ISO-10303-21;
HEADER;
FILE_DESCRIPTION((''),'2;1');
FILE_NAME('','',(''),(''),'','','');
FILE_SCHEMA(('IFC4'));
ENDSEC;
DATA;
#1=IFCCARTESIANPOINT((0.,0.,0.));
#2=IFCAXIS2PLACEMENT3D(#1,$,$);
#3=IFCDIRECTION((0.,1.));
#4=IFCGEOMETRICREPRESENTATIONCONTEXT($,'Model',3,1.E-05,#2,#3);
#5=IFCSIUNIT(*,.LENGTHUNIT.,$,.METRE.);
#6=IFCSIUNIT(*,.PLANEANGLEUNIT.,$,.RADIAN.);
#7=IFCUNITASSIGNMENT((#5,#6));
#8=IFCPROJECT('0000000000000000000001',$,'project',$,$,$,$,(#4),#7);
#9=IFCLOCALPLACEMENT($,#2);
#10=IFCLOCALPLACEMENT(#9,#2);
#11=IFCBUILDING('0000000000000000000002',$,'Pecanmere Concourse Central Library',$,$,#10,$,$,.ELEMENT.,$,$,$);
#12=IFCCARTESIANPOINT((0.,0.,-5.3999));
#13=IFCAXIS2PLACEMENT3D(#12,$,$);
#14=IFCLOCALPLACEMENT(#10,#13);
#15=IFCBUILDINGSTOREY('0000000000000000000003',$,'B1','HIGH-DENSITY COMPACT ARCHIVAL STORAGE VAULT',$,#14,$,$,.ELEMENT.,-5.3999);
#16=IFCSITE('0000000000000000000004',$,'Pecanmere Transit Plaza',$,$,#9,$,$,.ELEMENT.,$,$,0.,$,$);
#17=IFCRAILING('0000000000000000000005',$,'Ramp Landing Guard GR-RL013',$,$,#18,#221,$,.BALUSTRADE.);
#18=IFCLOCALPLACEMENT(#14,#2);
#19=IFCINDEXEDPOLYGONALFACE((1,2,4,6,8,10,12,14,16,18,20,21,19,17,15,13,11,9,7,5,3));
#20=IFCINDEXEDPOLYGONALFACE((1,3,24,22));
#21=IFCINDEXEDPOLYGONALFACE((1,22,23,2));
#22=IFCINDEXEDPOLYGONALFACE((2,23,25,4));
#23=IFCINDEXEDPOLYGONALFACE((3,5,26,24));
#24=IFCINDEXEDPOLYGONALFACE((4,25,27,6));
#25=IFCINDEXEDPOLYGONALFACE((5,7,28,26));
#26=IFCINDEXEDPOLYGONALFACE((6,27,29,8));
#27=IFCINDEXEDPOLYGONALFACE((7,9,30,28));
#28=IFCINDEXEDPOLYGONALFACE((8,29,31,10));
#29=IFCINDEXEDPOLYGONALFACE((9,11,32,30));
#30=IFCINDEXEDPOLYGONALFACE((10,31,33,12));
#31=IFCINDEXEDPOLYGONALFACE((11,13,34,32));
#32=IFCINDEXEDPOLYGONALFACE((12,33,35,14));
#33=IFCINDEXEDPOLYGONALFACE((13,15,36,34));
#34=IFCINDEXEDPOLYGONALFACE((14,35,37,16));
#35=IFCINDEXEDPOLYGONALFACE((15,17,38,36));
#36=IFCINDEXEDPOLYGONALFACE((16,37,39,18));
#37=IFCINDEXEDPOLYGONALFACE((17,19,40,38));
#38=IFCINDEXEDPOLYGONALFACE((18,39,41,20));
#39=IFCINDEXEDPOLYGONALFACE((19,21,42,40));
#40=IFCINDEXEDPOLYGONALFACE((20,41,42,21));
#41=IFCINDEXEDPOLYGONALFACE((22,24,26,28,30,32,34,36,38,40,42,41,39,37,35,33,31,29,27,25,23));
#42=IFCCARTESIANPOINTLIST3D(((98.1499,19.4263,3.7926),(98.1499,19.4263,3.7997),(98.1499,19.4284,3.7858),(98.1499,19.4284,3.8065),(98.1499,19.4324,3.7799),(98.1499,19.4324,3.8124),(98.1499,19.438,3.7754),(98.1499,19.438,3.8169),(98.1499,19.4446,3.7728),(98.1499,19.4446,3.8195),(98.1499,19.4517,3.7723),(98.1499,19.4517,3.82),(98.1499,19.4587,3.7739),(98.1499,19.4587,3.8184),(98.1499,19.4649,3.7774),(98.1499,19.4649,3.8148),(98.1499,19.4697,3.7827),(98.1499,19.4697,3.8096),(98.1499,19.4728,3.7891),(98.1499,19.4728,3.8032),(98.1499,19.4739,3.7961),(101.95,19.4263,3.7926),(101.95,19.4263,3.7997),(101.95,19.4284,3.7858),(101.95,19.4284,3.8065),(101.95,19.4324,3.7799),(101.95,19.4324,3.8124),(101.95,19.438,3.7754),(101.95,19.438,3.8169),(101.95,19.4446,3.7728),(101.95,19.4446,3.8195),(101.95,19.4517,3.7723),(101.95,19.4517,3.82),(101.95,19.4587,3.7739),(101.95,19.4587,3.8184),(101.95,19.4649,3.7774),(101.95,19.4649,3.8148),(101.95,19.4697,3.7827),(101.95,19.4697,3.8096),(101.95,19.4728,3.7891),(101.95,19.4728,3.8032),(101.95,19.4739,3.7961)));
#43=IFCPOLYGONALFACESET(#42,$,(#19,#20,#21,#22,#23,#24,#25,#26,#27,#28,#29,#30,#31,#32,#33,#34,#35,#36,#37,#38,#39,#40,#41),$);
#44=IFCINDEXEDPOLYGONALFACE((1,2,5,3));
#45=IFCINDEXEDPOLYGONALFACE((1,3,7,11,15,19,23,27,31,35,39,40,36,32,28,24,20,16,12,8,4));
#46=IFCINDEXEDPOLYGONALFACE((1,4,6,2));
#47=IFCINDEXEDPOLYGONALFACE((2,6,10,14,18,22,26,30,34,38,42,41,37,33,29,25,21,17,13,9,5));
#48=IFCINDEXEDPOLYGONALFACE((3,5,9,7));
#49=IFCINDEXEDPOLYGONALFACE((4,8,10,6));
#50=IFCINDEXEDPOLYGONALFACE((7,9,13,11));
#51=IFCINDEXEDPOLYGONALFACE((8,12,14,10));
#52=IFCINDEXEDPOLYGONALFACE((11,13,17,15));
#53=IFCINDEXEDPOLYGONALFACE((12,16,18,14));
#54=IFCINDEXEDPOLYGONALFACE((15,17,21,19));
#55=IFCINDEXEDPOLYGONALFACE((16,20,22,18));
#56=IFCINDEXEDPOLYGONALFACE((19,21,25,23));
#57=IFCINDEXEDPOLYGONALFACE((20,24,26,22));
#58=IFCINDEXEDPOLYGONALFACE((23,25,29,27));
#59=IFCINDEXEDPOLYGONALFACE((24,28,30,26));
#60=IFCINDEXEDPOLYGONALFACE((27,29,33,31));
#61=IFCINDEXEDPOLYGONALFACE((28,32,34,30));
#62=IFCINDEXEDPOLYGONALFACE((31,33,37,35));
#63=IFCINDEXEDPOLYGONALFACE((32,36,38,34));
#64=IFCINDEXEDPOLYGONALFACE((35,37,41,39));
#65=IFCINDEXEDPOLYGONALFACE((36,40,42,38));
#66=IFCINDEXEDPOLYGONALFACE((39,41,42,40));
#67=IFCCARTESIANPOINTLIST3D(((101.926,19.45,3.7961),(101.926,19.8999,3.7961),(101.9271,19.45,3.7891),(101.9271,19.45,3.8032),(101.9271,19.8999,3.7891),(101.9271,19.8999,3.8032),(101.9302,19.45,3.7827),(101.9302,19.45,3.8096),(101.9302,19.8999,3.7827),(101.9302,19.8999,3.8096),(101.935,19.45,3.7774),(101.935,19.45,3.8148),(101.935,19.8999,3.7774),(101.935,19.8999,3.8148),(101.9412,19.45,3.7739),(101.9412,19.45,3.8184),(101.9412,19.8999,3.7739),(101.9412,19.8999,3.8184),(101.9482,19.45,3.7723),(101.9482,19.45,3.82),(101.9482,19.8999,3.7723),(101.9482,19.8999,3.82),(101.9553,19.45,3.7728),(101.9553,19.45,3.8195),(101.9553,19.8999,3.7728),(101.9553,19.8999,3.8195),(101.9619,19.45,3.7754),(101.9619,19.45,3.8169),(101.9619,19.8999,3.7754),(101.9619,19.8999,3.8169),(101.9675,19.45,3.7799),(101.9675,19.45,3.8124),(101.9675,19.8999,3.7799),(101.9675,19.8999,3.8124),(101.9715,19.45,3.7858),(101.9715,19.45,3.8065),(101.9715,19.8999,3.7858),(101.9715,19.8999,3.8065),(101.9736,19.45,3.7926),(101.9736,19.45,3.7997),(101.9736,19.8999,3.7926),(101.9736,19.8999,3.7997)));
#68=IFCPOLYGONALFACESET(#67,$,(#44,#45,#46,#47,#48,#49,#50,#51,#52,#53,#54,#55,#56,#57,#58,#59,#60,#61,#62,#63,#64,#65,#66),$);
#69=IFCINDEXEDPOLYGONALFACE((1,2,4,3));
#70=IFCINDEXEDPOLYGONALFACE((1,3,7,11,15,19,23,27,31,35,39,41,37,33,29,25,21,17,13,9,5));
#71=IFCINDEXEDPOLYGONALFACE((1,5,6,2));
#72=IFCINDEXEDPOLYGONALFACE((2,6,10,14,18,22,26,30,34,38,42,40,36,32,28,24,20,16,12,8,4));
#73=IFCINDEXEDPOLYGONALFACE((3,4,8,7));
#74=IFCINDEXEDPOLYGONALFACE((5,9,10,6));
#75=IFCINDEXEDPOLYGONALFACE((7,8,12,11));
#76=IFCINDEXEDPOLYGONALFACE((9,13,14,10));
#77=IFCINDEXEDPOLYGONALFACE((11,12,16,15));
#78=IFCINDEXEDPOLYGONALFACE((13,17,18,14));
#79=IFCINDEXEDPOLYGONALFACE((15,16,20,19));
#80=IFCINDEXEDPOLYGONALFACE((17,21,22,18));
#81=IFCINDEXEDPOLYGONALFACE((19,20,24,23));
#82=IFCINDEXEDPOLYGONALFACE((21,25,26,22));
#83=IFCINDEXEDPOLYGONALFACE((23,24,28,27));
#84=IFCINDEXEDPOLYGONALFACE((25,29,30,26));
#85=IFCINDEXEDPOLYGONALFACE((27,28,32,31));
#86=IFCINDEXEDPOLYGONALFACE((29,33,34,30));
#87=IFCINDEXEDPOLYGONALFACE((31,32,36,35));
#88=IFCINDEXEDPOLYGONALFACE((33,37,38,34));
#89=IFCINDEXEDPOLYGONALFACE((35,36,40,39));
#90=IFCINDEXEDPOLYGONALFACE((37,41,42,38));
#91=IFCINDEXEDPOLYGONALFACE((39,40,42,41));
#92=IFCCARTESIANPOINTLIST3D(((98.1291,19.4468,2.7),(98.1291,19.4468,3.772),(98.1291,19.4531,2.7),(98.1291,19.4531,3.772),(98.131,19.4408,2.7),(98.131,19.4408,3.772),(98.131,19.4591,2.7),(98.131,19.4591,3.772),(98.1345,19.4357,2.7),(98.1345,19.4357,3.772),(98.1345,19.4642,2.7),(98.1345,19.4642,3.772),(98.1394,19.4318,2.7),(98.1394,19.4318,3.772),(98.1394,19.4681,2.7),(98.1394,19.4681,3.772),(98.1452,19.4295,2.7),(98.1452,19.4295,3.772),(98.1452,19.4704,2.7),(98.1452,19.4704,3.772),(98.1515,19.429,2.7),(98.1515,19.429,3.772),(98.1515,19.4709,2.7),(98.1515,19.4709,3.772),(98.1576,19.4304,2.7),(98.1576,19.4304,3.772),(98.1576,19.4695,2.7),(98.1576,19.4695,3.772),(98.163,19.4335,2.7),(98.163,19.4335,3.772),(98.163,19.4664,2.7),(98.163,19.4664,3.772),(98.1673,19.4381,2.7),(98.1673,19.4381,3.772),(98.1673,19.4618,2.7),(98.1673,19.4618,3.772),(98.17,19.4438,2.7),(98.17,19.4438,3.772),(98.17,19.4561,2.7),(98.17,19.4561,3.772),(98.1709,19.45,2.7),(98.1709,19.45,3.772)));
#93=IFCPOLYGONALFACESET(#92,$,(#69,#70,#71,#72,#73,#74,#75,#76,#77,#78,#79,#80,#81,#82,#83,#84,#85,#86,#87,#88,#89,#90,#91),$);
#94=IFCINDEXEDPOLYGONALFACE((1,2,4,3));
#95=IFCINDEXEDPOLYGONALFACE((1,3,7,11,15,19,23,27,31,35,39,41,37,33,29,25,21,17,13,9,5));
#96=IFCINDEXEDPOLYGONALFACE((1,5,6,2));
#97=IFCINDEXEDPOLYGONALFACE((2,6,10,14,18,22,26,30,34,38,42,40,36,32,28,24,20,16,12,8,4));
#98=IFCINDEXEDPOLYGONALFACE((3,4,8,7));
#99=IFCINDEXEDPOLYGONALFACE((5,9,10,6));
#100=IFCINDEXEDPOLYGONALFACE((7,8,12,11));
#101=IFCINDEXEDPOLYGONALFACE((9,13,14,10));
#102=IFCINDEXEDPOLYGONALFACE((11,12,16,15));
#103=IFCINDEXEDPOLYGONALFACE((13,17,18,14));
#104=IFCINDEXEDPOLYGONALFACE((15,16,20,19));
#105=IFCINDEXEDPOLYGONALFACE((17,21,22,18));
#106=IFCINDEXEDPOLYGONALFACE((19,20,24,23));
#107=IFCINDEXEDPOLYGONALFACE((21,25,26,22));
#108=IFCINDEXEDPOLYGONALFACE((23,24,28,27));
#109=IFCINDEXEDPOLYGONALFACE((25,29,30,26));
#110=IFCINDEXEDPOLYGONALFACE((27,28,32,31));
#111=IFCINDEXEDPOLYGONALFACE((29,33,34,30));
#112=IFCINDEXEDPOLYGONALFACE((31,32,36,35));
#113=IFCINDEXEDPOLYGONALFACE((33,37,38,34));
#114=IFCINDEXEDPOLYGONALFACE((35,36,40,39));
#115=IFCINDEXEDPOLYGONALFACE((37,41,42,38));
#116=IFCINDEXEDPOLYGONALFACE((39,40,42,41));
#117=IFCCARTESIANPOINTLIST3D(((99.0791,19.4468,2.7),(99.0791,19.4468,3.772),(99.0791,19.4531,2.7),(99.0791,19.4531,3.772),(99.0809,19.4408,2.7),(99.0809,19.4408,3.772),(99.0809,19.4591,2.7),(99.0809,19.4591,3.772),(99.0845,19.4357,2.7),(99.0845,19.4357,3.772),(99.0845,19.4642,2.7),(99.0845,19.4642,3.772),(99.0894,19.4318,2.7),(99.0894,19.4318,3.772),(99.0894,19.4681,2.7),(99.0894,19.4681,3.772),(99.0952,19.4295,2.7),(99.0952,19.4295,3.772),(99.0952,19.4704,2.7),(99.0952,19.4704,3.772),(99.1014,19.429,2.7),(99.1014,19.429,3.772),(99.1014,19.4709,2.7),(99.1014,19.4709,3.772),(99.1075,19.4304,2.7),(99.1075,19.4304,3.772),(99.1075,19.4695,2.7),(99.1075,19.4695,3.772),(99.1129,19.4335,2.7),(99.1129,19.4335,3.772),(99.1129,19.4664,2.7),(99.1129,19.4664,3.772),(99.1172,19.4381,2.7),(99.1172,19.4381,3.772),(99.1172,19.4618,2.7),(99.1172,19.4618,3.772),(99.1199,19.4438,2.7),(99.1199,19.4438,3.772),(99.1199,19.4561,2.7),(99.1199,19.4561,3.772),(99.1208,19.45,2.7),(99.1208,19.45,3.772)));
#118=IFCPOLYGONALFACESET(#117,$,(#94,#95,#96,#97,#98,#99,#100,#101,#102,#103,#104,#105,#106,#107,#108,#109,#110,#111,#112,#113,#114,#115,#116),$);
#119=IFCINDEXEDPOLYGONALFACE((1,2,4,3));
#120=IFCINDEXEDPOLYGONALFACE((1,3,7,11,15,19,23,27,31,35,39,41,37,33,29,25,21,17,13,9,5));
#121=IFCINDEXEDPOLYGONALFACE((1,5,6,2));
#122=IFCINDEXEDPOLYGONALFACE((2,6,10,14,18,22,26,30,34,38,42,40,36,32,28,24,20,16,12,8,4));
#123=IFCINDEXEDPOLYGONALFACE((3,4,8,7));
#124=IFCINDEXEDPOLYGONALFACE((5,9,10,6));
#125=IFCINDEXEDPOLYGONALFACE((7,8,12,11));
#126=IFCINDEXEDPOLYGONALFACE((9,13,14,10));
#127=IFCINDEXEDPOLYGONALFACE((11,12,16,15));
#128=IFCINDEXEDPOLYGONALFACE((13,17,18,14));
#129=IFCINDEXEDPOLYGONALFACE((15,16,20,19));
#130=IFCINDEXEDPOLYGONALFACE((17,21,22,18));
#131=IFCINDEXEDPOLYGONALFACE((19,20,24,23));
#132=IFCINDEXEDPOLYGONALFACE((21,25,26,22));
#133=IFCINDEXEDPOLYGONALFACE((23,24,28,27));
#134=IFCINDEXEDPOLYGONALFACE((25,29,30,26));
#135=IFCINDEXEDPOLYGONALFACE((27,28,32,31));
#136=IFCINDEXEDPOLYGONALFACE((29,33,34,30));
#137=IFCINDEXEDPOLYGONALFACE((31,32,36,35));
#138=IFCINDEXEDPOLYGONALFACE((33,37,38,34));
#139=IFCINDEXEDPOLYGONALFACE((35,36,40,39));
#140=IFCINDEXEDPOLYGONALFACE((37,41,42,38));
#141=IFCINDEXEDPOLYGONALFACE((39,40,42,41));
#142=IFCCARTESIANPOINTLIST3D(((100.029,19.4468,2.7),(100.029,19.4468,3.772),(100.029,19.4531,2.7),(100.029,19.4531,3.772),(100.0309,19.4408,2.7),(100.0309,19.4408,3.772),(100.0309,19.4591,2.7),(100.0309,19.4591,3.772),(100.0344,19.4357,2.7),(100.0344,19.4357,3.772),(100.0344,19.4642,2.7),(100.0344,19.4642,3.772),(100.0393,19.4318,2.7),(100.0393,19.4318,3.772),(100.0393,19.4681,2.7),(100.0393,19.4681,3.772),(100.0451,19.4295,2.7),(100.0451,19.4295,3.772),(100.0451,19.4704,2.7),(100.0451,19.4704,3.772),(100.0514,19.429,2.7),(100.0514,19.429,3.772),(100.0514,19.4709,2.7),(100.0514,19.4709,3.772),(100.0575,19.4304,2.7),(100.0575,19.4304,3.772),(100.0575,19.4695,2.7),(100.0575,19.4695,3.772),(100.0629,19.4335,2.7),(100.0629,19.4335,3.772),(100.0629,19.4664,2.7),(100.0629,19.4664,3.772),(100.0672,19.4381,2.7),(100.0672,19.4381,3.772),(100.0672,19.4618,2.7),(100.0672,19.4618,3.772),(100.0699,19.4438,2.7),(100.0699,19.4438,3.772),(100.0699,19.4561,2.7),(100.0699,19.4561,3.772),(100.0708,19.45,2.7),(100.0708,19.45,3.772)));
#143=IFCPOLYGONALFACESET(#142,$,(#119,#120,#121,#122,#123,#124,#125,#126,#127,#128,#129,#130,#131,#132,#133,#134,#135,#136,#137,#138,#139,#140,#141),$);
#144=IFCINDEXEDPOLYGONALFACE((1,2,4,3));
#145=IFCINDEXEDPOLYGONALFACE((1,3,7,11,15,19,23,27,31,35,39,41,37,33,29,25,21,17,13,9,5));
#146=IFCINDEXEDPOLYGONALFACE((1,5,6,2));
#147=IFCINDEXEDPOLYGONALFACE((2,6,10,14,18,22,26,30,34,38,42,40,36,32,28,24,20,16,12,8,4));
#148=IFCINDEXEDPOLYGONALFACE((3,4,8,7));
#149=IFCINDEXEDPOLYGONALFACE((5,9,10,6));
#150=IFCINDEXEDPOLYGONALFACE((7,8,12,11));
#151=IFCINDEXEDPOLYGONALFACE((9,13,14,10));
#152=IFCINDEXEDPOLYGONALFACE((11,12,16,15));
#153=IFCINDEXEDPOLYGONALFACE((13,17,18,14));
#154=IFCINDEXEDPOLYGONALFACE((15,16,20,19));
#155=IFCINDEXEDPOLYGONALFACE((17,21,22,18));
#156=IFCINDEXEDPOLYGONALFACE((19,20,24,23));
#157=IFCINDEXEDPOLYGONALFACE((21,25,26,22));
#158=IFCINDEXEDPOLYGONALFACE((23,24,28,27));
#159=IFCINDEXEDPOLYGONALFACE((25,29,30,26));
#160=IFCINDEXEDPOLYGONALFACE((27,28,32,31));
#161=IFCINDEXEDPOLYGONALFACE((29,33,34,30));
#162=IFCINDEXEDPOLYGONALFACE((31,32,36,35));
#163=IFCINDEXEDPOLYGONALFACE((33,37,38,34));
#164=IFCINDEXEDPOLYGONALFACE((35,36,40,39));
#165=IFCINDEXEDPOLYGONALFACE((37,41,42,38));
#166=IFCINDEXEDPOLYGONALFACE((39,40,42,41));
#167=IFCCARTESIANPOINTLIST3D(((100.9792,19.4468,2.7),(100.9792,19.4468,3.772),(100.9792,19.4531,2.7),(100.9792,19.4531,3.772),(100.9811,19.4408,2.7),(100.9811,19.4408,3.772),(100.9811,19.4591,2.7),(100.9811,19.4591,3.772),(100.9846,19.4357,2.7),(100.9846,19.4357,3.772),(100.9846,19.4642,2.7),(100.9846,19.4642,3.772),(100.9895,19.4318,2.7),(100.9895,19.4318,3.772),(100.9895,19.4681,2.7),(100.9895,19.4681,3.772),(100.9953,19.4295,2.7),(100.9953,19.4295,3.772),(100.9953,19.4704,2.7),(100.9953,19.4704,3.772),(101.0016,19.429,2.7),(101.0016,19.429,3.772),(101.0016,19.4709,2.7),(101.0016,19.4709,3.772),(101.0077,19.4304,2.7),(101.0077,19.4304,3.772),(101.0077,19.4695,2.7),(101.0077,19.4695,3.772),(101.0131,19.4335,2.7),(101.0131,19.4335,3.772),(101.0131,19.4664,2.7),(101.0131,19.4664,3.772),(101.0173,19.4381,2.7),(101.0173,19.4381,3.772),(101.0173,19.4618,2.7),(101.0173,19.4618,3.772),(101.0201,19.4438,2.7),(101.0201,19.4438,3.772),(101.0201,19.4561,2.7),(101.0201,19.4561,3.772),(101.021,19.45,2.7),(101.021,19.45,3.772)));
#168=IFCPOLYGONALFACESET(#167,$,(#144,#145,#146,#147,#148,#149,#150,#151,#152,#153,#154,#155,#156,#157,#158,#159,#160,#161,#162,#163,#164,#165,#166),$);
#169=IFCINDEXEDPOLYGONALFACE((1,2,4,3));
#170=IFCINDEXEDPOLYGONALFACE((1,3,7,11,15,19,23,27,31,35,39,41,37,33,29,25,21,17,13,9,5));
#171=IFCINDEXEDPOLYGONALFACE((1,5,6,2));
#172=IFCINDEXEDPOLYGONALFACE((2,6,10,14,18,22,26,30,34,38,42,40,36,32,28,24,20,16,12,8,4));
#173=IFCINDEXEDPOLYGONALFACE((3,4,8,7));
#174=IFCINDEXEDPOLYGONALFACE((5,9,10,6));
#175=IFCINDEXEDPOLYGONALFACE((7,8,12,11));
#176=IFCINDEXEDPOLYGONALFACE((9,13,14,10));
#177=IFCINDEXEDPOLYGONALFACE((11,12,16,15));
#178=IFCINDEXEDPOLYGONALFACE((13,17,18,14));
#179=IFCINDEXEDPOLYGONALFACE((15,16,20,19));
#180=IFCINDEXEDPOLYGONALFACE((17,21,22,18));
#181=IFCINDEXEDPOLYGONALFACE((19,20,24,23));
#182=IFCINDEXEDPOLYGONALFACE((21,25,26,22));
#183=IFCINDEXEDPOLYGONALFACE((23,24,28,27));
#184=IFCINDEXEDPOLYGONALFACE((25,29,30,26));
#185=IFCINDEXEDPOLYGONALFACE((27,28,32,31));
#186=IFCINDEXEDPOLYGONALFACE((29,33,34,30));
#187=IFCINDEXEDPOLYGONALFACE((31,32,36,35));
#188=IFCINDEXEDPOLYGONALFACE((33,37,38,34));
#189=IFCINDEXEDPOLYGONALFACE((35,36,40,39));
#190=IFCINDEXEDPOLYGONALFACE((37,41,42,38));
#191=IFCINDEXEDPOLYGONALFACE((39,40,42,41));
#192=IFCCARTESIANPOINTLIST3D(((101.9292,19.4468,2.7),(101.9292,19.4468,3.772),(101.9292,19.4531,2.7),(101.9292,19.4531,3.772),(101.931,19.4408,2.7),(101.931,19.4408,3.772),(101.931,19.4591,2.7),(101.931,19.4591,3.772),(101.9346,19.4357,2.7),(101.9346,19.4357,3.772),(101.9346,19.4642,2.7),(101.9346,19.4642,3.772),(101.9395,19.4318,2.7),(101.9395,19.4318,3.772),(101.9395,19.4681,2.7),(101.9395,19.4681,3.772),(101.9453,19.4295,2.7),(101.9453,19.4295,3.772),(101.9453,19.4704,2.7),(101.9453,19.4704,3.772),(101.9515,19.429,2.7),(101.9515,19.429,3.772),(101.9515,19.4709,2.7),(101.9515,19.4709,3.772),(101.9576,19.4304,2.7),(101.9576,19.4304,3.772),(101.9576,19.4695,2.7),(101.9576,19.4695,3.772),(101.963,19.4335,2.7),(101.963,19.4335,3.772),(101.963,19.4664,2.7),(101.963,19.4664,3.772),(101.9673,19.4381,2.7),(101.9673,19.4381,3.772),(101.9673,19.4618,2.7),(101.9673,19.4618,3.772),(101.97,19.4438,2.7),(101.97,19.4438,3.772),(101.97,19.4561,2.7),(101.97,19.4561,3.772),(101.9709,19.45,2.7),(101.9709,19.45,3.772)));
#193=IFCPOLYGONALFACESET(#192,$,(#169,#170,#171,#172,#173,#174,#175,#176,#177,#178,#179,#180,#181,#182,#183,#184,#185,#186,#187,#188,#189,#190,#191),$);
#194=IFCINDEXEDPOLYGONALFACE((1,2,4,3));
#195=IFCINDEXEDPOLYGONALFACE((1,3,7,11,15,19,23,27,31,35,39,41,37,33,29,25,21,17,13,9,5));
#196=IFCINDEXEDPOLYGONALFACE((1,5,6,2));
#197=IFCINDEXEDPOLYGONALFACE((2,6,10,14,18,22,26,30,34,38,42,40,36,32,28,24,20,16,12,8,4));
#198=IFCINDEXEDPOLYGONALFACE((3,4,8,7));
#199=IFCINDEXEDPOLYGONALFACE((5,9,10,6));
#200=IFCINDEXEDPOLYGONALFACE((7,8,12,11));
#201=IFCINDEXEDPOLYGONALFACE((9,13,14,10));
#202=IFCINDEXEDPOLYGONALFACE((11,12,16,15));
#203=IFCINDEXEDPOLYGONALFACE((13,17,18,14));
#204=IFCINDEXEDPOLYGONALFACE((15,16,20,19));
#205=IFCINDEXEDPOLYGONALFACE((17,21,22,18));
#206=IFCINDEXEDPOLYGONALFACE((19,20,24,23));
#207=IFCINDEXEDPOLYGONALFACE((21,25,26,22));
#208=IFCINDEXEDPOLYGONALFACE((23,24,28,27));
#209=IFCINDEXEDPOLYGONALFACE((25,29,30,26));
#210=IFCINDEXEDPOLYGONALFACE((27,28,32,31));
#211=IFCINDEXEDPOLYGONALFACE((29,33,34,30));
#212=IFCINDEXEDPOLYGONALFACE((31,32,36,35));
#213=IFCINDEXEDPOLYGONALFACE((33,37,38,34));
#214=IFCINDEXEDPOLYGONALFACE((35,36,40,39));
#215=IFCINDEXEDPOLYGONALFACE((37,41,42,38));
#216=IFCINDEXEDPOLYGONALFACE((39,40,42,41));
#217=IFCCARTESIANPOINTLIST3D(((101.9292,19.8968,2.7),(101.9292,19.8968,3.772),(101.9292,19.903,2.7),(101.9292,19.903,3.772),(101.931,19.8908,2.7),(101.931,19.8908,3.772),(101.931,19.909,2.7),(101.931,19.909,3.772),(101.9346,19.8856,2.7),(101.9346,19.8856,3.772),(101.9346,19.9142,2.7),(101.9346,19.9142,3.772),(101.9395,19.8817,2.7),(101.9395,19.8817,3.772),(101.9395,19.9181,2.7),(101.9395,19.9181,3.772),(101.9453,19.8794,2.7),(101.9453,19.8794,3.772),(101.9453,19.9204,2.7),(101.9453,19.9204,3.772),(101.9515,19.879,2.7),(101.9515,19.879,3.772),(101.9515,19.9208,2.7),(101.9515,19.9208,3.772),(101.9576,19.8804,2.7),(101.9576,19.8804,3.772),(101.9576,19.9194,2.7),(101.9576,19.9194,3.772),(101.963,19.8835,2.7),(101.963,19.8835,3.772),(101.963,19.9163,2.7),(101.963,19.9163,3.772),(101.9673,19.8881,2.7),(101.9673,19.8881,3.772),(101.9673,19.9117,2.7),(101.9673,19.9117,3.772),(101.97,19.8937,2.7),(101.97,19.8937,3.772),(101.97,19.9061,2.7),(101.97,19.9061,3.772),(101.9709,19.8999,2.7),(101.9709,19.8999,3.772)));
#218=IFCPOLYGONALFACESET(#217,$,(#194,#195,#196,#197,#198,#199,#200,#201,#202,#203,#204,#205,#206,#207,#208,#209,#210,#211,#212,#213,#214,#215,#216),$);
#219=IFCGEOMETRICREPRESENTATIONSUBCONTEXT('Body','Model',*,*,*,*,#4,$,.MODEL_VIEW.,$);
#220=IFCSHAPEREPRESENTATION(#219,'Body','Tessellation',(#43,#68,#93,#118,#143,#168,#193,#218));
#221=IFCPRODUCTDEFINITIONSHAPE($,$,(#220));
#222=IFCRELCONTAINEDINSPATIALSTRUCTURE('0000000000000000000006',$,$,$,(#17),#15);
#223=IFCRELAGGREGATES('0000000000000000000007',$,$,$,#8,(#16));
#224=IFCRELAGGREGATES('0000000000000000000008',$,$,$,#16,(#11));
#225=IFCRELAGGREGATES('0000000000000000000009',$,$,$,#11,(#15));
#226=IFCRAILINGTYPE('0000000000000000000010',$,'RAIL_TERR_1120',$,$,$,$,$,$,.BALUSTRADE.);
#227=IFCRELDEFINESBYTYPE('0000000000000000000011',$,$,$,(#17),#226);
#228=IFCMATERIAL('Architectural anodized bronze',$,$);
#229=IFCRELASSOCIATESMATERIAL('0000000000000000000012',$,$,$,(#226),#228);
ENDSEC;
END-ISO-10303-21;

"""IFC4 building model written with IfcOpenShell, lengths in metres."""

from ifc_helpers import new_model, si_unit, direction, frame, origin, origin_2d, place, context, subcontext, project, spatial, circle, extrude, material, type_object, element, save


model = new_model("IFC4")

# Units and contexts
model_context = context("Model", 3, precision=1e-05, world=origin(), true_north=direction((0.0, 1.0)))
body_context = subcontext(model_context, "Body", "Model", "MODEL_VIEW")
ifc_project = project(units=[si_unit("LENGTHUNIT", "METRE"), si_unit("PLANEANGLEUNIT", "RADIAN")], contexts=[model_context])

# Site, building, storey
site_placement = place(None, origin())
site = spatial("IfcSite", under=ifc_project, at=site_placement, Name="Pecanmere Transit Plaza", CompositionType="ELEMENT", RefElevation=0.0)
building_placement = place(site_placement, origin())
building = spatial("IfcBuilding", under=site, at=building_placement, Name="Pecanmere Concourse Central Library", CompositionType="ELEMENT")
storey_placement = place(building_placement, frame((0.0, 0.0, -5.3999)))
storey = spatial("IfcBuildingStorey", under=building, at=storey_placement, Name="B1", Description="HIGH-DENSITY COMPACT ARCHIVAL STORAGE VAULT", CompositionType="ELEMENT", Elevation=-5.3999)

# Railing
ifc_material_1 = material(Name="Architectural anodized bronze")
railing_type_1 = type_object("IfcRailingType", Name="RAIL_TERR_1120", PredefinedType="BALUSTRADE", material=ifc_material_1)
railing_1_placement = place(storey_placement, frame((98.1499, 19.45, 2.7)))
element("IfcRailing", 1, at=railing_1_placement, inside=storey, type_object=railing_type_1, Name="Ramp Landing Guard GR-RL013", PredefinedType="BALUSTRADE", context=body_context, shape_type="SweptSolid", body=[
    extrude(circle(Radius=0.0239, at=origin_2d()), frame((0.0, 0.0, 1.0962), z_axis=(1.0, 0.0, 0.0), x_axis=(0.0, 1.0, 0.0)), (0.0, 0.0, 1.0), 3.8),
    extrude(circle(Radius=0.0239, at=origin_2d()), frame((3.8, 0.0, 1.0962), z_axis=(0.0, 1.0, 0.0), x_axis=(-1.0, 0.0, 0.0)), (0.0, 0.0, 1.0), 0.45),
    extrude(circle(Radius=0.021, at=origin_2d()), origin(), (0.0, 0.0, 1.0), 1.072),
    extrude(circle(Radius=0.021, at=origin_2d()), frame((0.95, 0.0, 0.0)), (0.0, 0.0, 1.0), 1.072),
    extrude(circle(Radius=0.021, at=origin_2d()), frame((1.8999, 0.0, 0.0)), (0.0, 0.0, 1.0), 1.072),
    extrude(circle(Radius=0.021, at=origin_2d()), frame((2.8501, 0.0, 0.0)), (0.0, 0.0, 1.0), 1.072),
    extrude(circle(Radius=0.021, at=origin_2d()), frame((3.8, 0.0, 0.0)), (0.0, 0.0, 1.0), 1.072),
    extrude(circle(Radius=0.021, at=origin_2d()), frame((3.8, 0.45, 0.0)), (0.0, 0.0, 1.0), 1.072),
])

save(model, "model.ifc")
